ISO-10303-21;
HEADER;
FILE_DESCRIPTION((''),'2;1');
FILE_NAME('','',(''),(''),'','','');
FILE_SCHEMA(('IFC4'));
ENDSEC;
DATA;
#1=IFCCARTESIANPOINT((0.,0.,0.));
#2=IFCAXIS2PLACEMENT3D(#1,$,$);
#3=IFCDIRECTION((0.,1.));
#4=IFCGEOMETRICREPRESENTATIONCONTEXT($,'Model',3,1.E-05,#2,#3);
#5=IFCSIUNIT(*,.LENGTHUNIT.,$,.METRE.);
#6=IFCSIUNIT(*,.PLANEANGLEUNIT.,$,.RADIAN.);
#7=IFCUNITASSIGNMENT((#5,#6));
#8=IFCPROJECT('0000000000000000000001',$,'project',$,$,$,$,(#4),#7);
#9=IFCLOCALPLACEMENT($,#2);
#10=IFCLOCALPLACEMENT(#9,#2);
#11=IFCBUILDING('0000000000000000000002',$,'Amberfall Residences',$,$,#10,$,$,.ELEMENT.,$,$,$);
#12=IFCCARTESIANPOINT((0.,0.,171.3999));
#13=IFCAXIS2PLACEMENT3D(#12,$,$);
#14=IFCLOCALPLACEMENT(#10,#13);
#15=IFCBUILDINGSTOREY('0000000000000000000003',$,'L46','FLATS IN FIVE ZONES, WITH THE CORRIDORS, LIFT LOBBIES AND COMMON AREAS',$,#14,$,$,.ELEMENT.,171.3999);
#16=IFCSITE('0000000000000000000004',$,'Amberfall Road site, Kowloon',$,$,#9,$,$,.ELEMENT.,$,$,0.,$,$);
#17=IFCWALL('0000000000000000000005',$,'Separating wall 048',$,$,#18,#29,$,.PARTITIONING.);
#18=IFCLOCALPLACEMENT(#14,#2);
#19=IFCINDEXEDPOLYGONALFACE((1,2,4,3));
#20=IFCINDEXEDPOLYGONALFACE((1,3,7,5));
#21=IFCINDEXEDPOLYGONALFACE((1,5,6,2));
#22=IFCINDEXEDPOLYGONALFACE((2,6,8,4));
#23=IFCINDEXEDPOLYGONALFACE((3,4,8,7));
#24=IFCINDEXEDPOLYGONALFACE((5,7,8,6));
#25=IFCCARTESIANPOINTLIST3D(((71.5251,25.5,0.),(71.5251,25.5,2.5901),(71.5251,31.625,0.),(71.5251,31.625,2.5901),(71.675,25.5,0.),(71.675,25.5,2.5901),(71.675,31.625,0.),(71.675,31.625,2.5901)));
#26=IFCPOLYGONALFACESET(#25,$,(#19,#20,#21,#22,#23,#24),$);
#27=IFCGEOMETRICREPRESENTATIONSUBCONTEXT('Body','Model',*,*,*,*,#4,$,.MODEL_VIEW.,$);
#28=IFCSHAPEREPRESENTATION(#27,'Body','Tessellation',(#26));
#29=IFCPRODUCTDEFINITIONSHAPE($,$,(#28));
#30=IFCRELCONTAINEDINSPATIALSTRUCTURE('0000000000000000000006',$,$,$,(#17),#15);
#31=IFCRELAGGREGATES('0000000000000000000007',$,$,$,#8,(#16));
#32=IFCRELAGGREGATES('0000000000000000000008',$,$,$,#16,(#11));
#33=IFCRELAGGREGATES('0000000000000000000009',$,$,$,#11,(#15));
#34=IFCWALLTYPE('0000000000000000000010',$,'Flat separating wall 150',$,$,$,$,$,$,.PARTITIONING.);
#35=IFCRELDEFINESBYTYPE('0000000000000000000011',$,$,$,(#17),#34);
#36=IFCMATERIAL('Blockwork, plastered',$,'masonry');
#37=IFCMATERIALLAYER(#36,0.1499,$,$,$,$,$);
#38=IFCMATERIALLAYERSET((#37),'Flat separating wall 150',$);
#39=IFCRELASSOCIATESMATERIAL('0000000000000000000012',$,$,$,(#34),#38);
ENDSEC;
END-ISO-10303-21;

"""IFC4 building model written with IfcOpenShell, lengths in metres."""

from ifc_helpers import new_model, si_unit, direction, frame, frame_2d, origin, place, context, subcontext, project, spatial, rectangle, extrude, material, layer, layer_set, type_object, element, save


model = new_model("IFC4")

# Units and contexts
model_context = context("Model", 3, precision=1e-05, world=origin(), true_north=direction((0.0, 1.0)))
body_context = subcontext(model_context, "Body", "Model", "MODEL_VIEW")
ifc_project = project(units=[si_unit("LENGTHUNIT", "METRE"), si_unit("PLANEANGLEUNIT", "RADIAN")], contexts=[model_context])

# Site, building, storey
site_placement = place(None, origin())
site = spatial("IfcSite", under=ifc_project, at=site_placement, Name="Amberfall Road site, Kowloon", CompositionType="ELEMENT", RefElevation=0.0)
building_placement = place(site_placement, origin())
building = spatial("IfcBuilding", under=site, at=building_placement, Name="Amberfall Residences", CompositionType="ELEMENT")
storey_placement = place(building_placement, frame((0.0, 0.0, 171.3999)))
storey = spatial("IfcBuildingStorey", under=building, at=storey_placement, Name="L46", Description="FLATS IN FIVE ZONES, WITH THE CORRIDORS, LIFT LOBBIES AND COMMON AREAS", CompositionType="ELEMENT", Elevation=171.3999)

# Wall
ifc_material_1 = material(Name="Blockwork, plastered", Category="masonry")
ifc_layer_1 = layer(ifc_material_1, 0.1499)
ifc_layer_set_1 = layer_set([ifc_layer_1], Name="Flat separating wall 150")
wall_type_1 = type_object("IfcWallType", Name="Flat separating wall 150", PredefinedType="PARTITIONING", material=ifc_layer_set_1)
wall_1_placement = place(storey_placement, frame((71.6001, 25.5, 0.0), z_axis=(0.0, 0.0, 1.0), x_axis=(0.0, 1.0, 0.0)))
element("IfcWall", 1, at=wall_1_placement, inside=storey, type_object=wall_type_1, Name="Separating wall 048", PredefinedType="PARTITIONING", context=body_context, shape_type="SweptSolid", body=[
    extrude(rectangle(XDim=6.125, YDim=0.1499, at=frame_2d((3.0625, 0.0))), origin(), (0.0, 0.0, 1.0), 2.5901),
])

save(model, "model.ifc")
